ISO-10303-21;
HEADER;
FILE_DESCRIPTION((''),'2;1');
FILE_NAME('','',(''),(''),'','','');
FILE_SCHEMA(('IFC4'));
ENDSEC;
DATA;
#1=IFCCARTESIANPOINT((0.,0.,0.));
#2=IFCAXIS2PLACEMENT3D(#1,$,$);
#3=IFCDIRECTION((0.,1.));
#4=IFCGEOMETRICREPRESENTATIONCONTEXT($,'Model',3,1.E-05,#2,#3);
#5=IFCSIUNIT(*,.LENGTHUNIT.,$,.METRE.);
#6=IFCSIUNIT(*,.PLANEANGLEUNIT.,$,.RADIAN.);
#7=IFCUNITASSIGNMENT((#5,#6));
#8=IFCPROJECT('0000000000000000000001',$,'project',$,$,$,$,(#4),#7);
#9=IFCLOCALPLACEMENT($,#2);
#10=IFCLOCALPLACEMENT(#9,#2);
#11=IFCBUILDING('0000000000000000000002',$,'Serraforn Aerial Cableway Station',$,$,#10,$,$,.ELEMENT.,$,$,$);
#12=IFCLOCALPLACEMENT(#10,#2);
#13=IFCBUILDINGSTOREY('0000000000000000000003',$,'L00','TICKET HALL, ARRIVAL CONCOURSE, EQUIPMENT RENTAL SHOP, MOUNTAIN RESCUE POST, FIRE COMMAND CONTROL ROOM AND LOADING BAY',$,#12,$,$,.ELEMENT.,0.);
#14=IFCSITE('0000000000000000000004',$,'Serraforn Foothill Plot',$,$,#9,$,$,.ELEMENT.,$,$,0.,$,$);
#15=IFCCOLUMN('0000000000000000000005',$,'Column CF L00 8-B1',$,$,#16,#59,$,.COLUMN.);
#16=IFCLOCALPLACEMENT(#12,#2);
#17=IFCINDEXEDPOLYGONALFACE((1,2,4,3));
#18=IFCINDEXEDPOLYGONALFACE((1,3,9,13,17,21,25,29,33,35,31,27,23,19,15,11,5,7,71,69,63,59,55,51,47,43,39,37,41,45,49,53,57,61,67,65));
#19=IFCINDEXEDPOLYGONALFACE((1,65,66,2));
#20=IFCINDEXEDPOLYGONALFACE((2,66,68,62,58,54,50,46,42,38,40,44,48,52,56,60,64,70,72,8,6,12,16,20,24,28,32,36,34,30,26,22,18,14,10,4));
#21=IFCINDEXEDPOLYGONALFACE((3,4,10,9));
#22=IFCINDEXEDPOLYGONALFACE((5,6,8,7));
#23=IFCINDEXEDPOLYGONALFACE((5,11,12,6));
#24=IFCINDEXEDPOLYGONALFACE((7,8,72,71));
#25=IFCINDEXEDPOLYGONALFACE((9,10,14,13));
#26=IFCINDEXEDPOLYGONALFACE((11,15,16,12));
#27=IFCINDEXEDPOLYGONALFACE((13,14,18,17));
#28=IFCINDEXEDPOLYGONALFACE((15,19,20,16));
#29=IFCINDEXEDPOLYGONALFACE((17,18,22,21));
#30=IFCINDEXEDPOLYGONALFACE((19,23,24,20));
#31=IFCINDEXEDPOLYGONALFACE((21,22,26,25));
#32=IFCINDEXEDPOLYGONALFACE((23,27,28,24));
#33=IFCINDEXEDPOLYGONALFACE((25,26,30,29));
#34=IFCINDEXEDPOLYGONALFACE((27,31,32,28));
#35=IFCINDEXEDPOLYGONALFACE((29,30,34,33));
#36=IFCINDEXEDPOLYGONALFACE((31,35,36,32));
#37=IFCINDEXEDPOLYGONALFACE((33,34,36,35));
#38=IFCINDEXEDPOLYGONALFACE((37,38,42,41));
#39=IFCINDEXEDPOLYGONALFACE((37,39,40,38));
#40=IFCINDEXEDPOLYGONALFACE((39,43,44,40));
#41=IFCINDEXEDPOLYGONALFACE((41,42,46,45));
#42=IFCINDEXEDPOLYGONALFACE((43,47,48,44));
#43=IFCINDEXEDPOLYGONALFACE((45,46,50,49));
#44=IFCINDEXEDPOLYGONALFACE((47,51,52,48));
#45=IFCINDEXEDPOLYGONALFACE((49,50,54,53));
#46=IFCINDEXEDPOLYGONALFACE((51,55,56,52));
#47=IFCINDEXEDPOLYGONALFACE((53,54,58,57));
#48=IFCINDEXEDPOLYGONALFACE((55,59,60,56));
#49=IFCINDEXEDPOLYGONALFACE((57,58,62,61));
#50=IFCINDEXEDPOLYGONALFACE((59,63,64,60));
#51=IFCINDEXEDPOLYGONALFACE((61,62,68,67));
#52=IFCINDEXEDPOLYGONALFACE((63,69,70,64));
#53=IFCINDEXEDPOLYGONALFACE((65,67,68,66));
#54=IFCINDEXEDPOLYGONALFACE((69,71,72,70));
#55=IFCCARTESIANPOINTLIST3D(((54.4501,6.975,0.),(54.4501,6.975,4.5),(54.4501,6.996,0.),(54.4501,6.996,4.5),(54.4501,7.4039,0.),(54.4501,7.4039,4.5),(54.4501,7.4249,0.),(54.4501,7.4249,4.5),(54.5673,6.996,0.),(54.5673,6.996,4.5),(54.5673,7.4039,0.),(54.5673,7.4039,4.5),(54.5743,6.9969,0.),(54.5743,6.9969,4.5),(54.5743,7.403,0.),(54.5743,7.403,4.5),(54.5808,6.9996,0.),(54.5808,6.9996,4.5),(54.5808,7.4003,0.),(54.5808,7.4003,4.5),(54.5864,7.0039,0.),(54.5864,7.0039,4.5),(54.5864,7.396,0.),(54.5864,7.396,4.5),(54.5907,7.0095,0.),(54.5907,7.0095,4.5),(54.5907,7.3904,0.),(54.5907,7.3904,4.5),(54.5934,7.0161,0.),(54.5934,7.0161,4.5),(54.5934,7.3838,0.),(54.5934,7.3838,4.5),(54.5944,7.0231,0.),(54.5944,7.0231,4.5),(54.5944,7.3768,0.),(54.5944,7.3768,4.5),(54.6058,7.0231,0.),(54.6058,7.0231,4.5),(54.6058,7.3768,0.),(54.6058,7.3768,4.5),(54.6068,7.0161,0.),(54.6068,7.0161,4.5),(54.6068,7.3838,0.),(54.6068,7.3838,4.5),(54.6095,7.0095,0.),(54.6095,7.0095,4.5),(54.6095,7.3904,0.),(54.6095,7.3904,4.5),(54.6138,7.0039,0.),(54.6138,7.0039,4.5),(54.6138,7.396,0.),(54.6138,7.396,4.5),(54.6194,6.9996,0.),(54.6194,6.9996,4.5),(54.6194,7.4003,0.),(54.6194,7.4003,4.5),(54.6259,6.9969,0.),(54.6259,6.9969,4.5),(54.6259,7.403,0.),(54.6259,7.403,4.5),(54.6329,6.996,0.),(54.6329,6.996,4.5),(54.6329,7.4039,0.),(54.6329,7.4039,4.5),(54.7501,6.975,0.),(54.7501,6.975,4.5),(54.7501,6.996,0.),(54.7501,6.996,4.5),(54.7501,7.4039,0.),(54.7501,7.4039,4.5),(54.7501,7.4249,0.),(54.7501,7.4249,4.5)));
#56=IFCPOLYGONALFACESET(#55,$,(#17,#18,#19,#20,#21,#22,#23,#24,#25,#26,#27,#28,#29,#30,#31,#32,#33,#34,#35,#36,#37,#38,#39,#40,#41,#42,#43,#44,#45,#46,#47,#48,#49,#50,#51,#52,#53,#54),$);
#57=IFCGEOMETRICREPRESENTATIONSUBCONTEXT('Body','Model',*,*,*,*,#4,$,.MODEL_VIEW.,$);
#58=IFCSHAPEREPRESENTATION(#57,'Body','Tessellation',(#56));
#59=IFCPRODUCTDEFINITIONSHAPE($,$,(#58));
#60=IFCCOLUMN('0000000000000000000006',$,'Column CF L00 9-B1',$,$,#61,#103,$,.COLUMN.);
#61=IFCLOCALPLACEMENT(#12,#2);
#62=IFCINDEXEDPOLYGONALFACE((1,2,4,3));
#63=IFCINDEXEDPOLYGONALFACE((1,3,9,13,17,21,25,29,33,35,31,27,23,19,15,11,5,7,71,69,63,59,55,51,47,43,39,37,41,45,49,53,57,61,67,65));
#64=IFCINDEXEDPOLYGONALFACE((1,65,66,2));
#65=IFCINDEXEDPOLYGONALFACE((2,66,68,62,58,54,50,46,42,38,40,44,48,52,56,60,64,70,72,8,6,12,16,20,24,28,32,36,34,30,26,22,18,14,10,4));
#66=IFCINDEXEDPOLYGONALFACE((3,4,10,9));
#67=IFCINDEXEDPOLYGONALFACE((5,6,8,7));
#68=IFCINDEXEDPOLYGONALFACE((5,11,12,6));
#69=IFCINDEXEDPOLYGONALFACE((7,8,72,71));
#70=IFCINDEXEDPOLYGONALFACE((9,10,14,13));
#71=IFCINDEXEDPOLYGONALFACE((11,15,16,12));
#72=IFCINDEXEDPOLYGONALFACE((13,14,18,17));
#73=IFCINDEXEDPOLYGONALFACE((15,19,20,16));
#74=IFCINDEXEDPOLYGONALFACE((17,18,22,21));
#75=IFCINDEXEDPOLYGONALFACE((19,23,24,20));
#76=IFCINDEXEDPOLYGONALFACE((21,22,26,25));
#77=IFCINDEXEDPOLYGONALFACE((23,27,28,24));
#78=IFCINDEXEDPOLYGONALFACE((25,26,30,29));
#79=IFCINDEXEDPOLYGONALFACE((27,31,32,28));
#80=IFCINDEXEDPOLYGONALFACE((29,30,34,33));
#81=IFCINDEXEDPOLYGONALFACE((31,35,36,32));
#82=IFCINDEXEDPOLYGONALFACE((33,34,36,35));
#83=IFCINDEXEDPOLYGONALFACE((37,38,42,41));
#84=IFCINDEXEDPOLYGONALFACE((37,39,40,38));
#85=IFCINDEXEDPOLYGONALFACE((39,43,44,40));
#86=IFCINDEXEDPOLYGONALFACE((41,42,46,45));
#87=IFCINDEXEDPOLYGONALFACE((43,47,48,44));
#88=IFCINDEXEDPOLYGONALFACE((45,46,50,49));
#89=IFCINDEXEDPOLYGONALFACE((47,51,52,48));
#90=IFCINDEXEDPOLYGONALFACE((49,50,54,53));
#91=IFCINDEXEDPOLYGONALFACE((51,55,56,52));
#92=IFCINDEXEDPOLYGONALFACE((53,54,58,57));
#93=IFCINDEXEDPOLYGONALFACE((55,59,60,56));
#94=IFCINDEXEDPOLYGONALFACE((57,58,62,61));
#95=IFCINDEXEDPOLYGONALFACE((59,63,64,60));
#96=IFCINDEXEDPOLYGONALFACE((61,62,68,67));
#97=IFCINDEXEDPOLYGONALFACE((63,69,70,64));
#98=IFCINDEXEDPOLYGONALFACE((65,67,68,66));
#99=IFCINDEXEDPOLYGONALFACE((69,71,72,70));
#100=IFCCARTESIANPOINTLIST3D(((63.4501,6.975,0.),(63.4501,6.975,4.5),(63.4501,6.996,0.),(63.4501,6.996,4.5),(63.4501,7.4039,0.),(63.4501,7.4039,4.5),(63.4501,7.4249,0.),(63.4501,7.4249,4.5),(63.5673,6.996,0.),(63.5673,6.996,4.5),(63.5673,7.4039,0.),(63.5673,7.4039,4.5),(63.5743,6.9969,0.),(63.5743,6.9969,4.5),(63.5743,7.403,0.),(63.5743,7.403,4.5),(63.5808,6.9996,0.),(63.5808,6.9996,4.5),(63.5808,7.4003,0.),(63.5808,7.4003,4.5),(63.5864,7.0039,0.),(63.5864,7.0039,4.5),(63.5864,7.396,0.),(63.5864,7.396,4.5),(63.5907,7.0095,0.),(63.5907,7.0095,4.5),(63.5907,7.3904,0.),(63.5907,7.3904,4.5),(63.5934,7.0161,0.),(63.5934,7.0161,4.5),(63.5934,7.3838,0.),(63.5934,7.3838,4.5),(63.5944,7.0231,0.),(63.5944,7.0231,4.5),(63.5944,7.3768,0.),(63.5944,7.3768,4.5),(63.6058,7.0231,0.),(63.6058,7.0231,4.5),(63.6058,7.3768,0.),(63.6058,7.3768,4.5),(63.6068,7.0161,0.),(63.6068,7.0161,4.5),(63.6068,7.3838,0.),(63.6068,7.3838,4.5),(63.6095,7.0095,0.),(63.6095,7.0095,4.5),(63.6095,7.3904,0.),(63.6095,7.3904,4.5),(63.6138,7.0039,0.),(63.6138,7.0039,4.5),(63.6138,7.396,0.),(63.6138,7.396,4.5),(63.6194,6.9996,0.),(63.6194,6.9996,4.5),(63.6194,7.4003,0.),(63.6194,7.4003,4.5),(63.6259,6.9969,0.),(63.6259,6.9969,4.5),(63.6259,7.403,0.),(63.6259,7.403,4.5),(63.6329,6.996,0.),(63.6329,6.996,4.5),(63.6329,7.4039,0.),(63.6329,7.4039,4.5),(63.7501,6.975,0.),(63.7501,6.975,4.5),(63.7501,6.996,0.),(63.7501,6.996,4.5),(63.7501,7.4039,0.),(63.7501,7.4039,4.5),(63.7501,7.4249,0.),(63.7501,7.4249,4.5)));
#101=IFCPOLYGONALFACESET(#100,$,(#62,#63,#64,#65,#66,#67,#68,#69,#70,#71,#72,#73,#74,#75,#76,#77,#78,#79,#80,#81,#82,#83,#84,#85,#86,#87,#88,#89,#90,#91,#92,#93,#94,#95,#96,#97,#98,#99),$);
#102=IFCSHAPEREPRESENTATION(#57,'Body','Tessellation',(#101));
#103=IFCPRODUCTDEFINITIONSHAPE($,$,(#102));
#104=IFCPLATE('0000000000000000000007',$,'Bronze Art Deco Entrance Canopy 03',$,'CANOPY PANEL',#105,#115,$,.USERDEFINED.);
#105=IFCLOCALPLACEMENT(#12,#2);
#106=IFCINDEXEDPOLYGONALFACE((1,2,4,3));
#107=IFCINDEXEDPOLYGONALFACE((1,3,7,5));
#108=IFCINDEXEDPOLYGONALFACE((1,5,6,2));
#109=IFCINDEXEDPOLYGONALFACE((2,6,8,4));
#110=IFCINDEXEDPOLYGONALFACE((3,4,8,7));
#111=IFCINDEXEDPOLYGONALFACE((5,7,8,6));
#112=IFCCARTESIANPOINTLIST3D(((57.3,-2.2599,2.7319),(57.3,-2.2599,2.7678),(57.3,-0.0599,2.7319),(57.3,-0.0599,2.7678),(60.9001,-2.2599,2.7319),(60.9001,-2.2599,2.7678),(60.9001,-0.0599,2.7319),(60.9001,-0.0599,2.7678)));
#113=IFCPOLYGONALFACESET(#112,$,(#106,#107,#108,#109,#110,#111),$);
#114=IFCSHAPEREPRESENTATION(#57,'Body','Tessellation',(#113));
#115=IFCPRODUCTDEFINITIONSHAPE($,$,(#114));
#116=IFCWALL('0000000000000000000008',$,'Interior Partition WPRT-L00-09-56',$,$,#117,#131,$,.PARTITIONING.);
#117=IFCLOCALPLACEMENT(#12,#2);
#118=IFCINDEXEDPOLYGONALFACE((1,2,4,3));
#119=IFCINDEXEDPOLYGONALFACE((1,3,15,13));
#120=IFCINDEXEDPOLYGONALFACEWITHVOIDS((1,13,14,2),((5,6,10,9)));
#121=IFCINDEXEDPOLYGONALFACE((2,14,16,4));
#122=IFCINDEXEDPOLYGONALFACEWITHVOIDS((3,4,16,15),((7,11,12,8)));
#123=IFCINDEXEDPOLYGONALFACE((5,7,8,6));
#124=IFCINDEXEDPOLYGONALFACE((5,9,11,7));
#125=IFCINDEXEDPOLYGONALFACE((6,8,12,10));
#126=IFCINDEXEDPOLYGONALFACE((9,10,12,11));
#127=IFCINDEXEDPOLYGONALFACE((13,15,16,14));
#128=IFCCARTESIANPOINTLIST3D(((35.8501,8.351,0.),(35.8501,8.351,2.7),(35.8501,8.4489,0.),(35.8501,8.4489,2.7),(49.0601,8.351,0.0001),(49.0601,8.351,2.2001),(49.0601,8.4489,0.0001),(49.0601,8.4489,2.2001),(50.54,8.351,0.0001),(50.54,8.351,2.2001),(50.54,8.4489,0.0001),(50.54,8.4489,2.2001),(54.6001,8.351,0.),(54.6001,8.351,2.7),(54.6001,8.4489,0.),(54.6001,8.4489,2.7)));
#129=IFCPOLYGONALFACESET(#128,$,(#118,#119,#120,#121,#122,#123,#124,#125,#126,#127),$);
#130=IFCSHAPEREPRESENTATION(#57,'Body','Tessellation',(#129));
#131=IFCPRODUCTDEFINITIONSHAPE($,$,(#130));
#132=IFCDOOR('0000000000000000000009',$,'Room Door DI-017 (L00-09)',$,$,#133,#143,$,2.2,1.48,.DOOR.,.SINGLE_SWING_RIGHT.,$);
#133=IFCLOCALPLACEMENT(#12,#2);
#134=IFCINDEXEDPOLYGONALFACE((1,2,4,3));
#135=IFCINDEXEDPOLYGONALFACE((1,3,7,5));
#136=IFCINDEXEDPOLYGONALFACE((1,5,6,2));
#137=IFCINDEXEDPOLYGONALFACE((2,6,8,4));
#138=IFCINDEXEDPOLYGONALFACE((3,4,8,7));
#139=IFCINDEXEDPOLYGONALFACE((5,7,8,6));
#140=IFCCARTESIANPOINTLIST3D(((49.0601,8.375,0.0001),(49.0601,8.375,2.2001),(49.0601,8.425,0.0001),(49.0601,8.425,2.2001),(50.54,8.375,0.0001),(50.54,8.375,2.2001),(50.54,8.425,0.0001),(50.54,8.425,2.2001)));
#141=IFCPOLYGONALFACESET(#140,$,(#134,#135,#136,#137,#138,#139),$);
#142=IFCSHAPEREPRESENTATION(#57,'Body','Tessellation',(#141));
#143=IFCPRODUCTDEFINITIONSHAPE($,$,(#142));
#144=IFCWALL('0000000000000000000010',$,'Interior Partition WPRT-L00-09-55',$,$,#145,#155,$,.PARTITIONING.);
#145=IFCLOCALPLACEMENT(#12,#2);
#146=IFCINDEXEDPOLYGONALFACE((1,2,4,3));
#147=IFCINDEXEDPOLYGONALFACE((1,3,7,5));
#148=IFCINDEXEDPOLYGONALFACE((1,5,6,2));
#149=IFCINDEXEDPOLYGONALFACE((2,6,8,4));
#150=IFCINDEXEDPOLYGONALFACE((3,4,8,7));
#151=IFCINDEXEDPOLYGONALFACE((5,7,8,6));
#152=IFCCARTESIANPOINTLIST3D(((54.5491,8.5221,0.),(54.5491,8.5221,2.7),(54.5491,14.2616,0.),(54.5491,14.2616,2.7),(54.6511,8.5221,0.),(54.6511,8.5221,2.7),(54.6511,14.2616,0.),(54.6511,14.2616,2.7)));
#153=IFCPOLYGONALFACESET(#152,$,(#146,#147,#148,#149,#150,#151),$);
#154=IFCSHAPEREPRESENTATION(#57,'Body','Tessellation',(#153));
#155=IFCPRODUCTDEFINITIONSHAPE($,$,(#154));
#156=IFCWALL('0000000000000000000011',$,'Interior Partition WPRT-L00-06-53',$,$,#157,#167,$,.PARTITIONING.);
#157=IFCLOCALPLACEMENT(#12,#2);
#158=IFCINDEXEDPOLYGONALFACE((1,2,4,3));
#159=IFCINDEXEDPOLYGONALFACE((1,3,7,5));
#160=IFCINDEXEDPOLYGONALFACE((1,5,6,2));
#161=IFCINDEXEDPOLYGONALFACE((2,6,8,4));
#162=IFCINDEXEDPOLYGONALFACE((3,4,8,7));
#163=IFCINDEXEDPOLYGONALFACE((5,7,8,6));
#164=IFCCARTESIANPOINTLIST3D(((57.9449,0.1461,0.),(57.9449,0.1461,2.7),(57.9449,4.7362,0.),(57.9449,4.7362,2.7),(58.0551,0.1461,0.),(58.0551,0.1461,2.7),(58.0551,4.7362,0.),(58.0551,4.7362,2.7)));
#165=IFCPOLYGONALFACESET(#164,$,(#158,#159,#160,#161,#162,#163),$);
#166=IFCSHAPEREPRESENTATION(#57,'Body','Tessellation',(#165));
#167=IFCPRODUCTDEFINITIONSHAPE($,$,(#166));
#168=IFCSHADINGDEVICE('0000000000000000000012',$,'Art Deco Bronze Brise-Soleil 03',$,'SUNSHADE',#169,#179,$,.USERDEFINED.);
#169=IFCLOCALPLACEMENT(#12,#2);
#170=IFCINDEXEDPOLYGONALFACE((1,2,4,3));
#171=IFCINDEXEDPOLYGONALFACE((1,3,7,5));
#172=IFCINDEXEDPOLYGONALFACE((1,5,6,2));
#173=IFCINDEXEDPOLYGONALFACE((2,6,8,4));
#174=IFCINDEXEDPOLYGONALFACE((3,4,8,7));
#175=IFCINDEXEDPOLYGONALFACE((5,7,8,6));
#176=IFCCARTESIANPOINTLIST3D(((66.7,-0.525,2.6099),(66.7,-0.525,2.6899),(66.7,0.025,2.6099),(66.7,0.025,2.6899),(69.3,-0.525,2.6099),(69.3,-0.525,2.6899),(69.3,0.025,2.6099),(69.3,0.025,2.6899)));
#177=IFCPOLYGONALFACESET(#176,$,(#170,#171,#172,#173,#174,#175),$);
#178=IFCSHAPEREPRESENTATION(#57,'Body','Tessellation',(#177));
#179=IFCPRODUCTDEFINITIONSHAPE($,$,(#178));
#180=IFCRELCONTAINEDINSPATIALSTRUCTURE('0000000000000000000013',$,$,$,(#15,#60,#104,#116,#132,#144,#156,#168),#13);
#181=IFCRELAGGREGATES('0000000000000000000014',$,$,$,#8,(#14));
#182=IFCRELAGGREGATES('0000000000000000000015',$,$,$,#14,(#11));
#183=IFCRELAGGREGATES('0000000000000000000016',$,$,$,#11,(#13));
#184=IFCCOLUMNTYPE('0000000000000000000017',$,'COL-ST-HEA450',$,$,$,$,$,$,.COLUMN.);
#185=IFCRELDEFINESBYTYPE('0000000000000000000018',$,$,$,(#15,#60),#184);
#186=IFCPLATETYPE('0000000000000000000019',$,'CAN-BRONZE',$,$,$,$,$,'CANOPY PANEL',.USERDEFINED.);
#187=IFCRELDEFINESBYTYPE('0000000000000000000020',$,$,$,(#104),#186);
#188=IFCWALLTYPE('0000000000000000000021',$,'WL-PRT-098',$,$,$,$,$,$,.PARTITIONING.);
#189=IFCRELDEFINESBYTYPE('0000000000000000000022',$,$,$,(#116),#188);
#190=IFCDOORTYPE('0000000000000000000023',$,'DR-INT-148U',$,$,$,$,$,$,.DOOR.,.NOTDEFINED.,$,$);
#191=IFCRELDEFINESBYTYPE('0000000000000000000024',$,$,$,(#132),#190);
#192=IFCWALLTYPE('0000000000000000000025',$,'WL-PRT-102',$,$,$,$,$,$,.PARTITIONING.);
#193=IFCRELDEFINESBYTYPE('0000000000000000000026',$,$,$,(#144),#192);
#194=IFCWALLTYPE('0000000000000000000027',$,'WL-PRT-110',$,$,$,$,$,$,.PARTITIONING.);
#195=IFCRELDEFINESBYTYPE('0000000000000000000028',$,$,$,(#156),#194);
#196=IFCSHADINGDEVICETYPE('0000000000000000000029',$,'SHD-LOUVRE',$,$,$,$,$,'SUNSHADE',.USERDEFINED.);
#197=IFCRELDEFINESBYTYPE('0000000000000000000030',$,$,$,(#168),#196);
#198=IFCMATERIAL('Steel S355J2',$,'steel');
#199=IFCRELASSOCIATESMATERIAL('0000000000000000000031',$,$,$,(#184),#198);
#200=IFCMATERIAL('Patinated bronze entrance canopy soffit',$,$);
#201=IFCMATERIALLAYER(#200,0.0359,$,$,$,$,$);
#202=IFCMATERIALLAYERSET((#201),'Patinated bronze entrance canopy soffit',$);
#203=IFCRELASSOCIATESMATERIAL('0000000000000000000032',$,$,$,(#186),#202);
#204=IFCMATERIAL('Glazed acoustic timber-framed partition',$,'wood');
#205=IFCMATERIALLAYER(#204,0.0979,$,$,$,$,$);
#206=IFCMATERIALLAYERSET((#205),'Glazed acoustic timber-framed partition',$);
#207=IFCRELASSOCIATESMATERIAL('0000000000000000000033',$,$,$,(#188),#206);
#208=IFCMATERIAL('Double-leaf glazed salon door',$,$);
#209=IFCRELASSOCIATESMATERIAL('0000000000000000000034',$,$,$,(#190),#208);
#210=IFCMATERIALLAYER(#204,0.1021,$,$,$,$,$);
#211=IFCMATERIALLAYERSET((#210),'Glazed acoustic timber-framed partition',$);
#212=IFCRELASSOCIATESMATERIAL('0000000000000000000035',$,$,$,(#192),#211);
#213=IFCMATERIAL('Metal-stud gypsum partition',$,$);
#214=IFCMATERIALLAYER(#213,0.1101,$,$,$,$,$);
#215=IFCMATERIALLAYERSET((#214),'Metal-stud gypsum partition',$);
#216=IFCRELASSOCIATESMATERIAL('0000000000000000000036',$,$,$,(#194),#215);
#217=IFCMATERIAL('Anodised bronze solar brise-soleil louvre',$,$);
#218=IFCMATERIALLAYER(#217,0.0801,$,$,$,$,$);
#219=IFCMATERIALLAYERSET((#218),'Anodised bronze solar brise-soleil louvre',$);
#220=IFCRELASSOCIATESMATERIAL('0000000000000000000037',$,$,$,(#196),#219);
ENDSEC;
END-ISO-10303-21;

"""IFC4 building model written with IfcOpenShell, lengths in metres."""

from ifc_helpers import new_model, si_unit, direction, frame, frame_2d, origin, origin_2d, place, context, subcontext, project, spatial, rectangle, i_section, extrude, material, layer, layer_set, material_profile, profile_set, type_object, element, fill, save


model = new_model("IFC4")

# Units and contexts
model_context = context("Model", 3, precision=1e-05, world=origin(), true_north=direction((0.0, 1.0)))
body_context = subcontext(model_context, "Body", "Model", "MODEL_VIEW")
ifc_project = project(units=[si_unit("LENGTHUNIT", "METRE"), si_unit("PLANEANGLEUNIT", "RADIAN")], contexts=[model_context])

# Site, building, storey
site_placement = place(None, origin())
site = spatial("IfcSite", under=ifc_project, at=site_placement, Name="Serraforn Foothill Plot", CompositionType="ELEMENT", RefElevation=0.0)
building_placement = place(site_placement, origin())
building = spatial("IfcBuilding", under=site, at=building_placement, Name="Serraforn Aerial Cableway Station", CompositionType="ELEMENT")
storey_placement = place(building_placement, origin())
storey = spatial("IfcBuildingStorey", under=building, at=storey_placement, Name="L00", Description="TICKET HALL, ARRIVAL CONCOURSE, EQUIPMENT RENTAL SHOP, MOUNTAIN RESCUE POST, FIRE COMMAND CONTROL ROOM AND LOADING BAY", CompositionType="ELEMENT", Elevation=0.0)

# Columns
ifc_material_1 = material(Name="Steel S355J2", Category="steel")
ifc_material_profile_1 = material_profile(ifc_material_1, i_section(OverallWidth=0.3, OverallDepth=0.45, WebThickness=0.0115, FlangeThickness=0.021, FilletRadius=0.0271, at=origin_2d()), Name="HEA 450")
ifc_profile_set_1 = profile_set([ifc_material_profile_1], Name="Steel S355J2")
column_type_1 = type_object("IfcColumnType", Name="COL-ST-HEA450", PredefinedType="COLUMN", material=ifc_profile_set_1)
for number, where, z_axis, x_axis, name in (
    (1, (54.6001, 7.2, 0.0), (0.0, 0.0, 1.0), (1.0, 0.0, 0.0), "Column CF L00 8-B1"),
    (2, (63.6001, 7.2, 0.0), (0.0, 0.0, 1.0), (1.0, 0.0, 0.0), "Column CF L00 9-B1"),
):
    element("IfcColumn", number, at=place(storey_placement, frame(where, z_axis=z_axis, x_axis=x_axis)), inside=storey, type_object=column_type_1, Name=name, PredefinedType="COLUMN", context=body_context, shape_type="SweptSolid", body=[
        extrude(i_section(OverallWidth=0.3, OverallDepth=0.45, WebThickness=0.0115, FlangeThickness=0.021, FilletRadius=0.0271, at=origin_2d()), origin(), (0.0, 0.0, 1.0), 4.5),
    ])

# Plate
ifc_material_2 = material(Name="Patinated bronze entrance canopy soffit")
ifc_layer_1 = layer(ifc_material_2, 0.0359)
ifc_layer_set_1 = layer_set([ifc_layer_1], Name="Patinated bronze entrance canopy soffit")
plate_type = type_object("IfcPlateType", Name="CAN-BRONZE", ElementType="CANOPY PANEL", PredefinedType="USERDEFINED", material=ifc_layer_set_1)
plate_placement = place(storey_placement, frame((59.1001, -1.1599, 2.7319), z_axis=(0.0, 0.0, 1.0), x_axis=(1.0, 0.0, 0.0)))
element("IfcPlate", 3, at=plate_placement, inside=storey, type_object=plate_type, Name="Bronze Art Deco Entrance Canopy 03", ObjectType="CANOPY PANEL", PredefinedType="USERDEFINED", context=body_context, shape_type="SweptSolid", body=[
    extrude(rectangle(XDim=3.6001, YDim=2.2, at=origin_2d()), origin(), (0.0, 0.0, 1.0), 0.0359),
])

# Wall, opening, door
ifc_material_3 = material(Name="Glazed acoustic timber-framed partition", Category="wood")
ifc_layer_2 = layer(ifc_material_3, 0.0979)
ifc_layer_set_2 = layer_set([ifc_layer_2], Name="Glazed acoustic timber-framed partition")
wall_type_1 = type_object("IfcWallType", Name="WL-PRT-098", PredefinedType="PARTITIONING", material=ifc_layer_set_2)
wall_1_placement = place(storey_placement, frame((54.6001, 8.3999, 0.0), z_axis=(0.0, 0.0, 1.0), x_axis=(-1.0, 0.0, 0.0)))
wall_1 = element("IfcWall", 4, at=wall_1_placement, inside=storey, type_object=wall_type_1, Name="Interior Partition WPRT-L00-09-56", PredefinedType="PARTITIONING", context=body_context, shape_type="SweptSolid", body=[
    extrude(rectangle(XDim=18.75, YDim=0.0979, at=frame_2d((9.375, 0.0))), origin(), (0.0, 0.0, 1.0), 2.7),
])
opening_1_placement = place(wall_1_placement, frame((4.0601, 0.0, 0.0)))
opening_1 = element("IfcOpeningElement", 5, at=opening_1_placement, cuts=wall_1, PredefinedType="OPENING", context=body_context, shape_type="SweptSolid", body=[
    extrude(rectangle(XDim=1.48, YDim=2.2, at=frame_2d((0.74, 1.1001))), frame((0.0, 0.0588, 0.0), z_axis=(0.0, -1.0, 0.0), x_axis=(1.0, 0.0, 0.0)), (0.0, 0.0, 1.0), 0.1179),
])
ifc_material_4 = material(Name="Double-leaf glazed salon door")
door_type_1 = type_object("IfcDoorType", Name="DR-INT-148U", OperationType="NOTDEFINED", PredefinedType="DOOR", material=ifc_material_4)
door_1_placement = place(opening_1_placement, origin())
door_1 = element("IfcDoor", 6, at=door_1_placement, inside=storey, type_object=door_type_1, Name="Room Door DI-017 (L00-09)", OperationType="SINGLE_SWING_RIGHT", OverallHeight=2.2, OverallWidth=1.48, PredefinedType="DOOR", context=body_context, shape_type="SweptSolid", body=[
    extrude(rectangle(XDim=1.48, YDim=2.2, at=frame_2d((0.74, 1.1001))), frame((0.0, 0.0249, 0.0), z_axis=(0.0, -1.0, 0.0), x_axis=(1.0, 0.0, 0.0)), (0.0, 0.0, 1.0), 0.05),
])
fill(opening_1, door_1)

# Walls
ifc_layer_3 = layer(ifc_material_3, 0.1021)
ifc_layer_set_3 = layer_set([ifc_layer_3], Name="Glazed acoustic timber-framed partition")
wall_type_2 = type_object("IfcWallType", Name="WL-PRT-102", PredefinedType="PARTITIONING", material=ifc_layer_set_3)
wall_2_placement = place(storey_placement, frame((54.6001, 14.2615, 0.0), z_axis=(0.0, 0.0, 1.0), x_axis=(0.0, -1.0, 0.0)))
element("IfcWall", 7, at=wall_2_placement, inside=storey, type_object=wall_type_2, Name="Interior Partition WPRT-L00-09-55", PredefinedType="PARTITIONING", context=body_context, shape_type="SweptSolid", body=[
    extrude(rectangle(XDim=5.7395, YDim=0.1021, at=frame_2d((2.8696, 0.0))), origin(), (0.0, 0.0, 1.0), 2.7),
])
ifc_material_5 = material(Name="Metal-stud gypsum partition")
ifc_layer_4 = layer(ifc_material_5, 0.1101)
ifc_layer_set_4 = layer_set([ifc_layer_4], Name="Metal-stud gypsum partition")
wall_type_3 = type_object("IfcWallType", Name="WL-PRT-110", PredefinedType="PARTITIONING", material=ifc_layer_set_4)
wall_3_placement = place(storey_placement, frame((58.0, 4.7361, 0.0), z_axis=(0.0, 0.0, 1.0), x_axis=(0.0, -1.0, 0.0)))
element("IfcWall", 8, at=wall_3_placement, inside=storey, type_object=wall_type_3, Name="Interior Partition WPRT-L00-06-53", PredefinedType="PARTITIONING", context=body_context, shape_type="SweptSolid", body=[
    extrude(rectangle(XDim=4.5901, YDim=0.1101, at=frame_2d((2.2949, 0.0))), origin(), (0.0, 0.0, 1.0), 2.7),
])

# Shading device
ifc_material_6 = material(Name="Anodised bronze solar brise-soleil louvre")
ifc_layer_5 = layer(ifc_material_6, 0.0801)
ifc_layer_set_5 = layer_set([ifc_layer_5], Name="Anodised bronze solar brise-soleil louvre")
shading_device_type = type_object("IfcShadingDeviceType", Name="SHD-LOUVRE", ElementType="SUNSHADE", PredefinedType="USERDEFINED", material=ifc_layer_set_5)
shading_device_placement = place(storey_placement, frame((68.0, -0.25, 2.6099), z_axis=(0.0, 0.0, 1.0), x_axis=(1.0, 0.0, 0.0)))
element("IfcShadingDevice", 9, at=shading_device_placement, inside=storey, type_object=shading_device_type, Name="Art Deco Bronze Brise-Soleil 03", ObjectType="SUNSHADE", PredefinedType="USERDEFINED", context=body_context, shape_type="SweptSolid", body=[
    extrude(rectangle(XDim=2.6001, YDim=0.55, at=origin_2d()), origin(), (0.0, 0.0, 1.0), 0.0801),
])

save(model, "model.ifc")
